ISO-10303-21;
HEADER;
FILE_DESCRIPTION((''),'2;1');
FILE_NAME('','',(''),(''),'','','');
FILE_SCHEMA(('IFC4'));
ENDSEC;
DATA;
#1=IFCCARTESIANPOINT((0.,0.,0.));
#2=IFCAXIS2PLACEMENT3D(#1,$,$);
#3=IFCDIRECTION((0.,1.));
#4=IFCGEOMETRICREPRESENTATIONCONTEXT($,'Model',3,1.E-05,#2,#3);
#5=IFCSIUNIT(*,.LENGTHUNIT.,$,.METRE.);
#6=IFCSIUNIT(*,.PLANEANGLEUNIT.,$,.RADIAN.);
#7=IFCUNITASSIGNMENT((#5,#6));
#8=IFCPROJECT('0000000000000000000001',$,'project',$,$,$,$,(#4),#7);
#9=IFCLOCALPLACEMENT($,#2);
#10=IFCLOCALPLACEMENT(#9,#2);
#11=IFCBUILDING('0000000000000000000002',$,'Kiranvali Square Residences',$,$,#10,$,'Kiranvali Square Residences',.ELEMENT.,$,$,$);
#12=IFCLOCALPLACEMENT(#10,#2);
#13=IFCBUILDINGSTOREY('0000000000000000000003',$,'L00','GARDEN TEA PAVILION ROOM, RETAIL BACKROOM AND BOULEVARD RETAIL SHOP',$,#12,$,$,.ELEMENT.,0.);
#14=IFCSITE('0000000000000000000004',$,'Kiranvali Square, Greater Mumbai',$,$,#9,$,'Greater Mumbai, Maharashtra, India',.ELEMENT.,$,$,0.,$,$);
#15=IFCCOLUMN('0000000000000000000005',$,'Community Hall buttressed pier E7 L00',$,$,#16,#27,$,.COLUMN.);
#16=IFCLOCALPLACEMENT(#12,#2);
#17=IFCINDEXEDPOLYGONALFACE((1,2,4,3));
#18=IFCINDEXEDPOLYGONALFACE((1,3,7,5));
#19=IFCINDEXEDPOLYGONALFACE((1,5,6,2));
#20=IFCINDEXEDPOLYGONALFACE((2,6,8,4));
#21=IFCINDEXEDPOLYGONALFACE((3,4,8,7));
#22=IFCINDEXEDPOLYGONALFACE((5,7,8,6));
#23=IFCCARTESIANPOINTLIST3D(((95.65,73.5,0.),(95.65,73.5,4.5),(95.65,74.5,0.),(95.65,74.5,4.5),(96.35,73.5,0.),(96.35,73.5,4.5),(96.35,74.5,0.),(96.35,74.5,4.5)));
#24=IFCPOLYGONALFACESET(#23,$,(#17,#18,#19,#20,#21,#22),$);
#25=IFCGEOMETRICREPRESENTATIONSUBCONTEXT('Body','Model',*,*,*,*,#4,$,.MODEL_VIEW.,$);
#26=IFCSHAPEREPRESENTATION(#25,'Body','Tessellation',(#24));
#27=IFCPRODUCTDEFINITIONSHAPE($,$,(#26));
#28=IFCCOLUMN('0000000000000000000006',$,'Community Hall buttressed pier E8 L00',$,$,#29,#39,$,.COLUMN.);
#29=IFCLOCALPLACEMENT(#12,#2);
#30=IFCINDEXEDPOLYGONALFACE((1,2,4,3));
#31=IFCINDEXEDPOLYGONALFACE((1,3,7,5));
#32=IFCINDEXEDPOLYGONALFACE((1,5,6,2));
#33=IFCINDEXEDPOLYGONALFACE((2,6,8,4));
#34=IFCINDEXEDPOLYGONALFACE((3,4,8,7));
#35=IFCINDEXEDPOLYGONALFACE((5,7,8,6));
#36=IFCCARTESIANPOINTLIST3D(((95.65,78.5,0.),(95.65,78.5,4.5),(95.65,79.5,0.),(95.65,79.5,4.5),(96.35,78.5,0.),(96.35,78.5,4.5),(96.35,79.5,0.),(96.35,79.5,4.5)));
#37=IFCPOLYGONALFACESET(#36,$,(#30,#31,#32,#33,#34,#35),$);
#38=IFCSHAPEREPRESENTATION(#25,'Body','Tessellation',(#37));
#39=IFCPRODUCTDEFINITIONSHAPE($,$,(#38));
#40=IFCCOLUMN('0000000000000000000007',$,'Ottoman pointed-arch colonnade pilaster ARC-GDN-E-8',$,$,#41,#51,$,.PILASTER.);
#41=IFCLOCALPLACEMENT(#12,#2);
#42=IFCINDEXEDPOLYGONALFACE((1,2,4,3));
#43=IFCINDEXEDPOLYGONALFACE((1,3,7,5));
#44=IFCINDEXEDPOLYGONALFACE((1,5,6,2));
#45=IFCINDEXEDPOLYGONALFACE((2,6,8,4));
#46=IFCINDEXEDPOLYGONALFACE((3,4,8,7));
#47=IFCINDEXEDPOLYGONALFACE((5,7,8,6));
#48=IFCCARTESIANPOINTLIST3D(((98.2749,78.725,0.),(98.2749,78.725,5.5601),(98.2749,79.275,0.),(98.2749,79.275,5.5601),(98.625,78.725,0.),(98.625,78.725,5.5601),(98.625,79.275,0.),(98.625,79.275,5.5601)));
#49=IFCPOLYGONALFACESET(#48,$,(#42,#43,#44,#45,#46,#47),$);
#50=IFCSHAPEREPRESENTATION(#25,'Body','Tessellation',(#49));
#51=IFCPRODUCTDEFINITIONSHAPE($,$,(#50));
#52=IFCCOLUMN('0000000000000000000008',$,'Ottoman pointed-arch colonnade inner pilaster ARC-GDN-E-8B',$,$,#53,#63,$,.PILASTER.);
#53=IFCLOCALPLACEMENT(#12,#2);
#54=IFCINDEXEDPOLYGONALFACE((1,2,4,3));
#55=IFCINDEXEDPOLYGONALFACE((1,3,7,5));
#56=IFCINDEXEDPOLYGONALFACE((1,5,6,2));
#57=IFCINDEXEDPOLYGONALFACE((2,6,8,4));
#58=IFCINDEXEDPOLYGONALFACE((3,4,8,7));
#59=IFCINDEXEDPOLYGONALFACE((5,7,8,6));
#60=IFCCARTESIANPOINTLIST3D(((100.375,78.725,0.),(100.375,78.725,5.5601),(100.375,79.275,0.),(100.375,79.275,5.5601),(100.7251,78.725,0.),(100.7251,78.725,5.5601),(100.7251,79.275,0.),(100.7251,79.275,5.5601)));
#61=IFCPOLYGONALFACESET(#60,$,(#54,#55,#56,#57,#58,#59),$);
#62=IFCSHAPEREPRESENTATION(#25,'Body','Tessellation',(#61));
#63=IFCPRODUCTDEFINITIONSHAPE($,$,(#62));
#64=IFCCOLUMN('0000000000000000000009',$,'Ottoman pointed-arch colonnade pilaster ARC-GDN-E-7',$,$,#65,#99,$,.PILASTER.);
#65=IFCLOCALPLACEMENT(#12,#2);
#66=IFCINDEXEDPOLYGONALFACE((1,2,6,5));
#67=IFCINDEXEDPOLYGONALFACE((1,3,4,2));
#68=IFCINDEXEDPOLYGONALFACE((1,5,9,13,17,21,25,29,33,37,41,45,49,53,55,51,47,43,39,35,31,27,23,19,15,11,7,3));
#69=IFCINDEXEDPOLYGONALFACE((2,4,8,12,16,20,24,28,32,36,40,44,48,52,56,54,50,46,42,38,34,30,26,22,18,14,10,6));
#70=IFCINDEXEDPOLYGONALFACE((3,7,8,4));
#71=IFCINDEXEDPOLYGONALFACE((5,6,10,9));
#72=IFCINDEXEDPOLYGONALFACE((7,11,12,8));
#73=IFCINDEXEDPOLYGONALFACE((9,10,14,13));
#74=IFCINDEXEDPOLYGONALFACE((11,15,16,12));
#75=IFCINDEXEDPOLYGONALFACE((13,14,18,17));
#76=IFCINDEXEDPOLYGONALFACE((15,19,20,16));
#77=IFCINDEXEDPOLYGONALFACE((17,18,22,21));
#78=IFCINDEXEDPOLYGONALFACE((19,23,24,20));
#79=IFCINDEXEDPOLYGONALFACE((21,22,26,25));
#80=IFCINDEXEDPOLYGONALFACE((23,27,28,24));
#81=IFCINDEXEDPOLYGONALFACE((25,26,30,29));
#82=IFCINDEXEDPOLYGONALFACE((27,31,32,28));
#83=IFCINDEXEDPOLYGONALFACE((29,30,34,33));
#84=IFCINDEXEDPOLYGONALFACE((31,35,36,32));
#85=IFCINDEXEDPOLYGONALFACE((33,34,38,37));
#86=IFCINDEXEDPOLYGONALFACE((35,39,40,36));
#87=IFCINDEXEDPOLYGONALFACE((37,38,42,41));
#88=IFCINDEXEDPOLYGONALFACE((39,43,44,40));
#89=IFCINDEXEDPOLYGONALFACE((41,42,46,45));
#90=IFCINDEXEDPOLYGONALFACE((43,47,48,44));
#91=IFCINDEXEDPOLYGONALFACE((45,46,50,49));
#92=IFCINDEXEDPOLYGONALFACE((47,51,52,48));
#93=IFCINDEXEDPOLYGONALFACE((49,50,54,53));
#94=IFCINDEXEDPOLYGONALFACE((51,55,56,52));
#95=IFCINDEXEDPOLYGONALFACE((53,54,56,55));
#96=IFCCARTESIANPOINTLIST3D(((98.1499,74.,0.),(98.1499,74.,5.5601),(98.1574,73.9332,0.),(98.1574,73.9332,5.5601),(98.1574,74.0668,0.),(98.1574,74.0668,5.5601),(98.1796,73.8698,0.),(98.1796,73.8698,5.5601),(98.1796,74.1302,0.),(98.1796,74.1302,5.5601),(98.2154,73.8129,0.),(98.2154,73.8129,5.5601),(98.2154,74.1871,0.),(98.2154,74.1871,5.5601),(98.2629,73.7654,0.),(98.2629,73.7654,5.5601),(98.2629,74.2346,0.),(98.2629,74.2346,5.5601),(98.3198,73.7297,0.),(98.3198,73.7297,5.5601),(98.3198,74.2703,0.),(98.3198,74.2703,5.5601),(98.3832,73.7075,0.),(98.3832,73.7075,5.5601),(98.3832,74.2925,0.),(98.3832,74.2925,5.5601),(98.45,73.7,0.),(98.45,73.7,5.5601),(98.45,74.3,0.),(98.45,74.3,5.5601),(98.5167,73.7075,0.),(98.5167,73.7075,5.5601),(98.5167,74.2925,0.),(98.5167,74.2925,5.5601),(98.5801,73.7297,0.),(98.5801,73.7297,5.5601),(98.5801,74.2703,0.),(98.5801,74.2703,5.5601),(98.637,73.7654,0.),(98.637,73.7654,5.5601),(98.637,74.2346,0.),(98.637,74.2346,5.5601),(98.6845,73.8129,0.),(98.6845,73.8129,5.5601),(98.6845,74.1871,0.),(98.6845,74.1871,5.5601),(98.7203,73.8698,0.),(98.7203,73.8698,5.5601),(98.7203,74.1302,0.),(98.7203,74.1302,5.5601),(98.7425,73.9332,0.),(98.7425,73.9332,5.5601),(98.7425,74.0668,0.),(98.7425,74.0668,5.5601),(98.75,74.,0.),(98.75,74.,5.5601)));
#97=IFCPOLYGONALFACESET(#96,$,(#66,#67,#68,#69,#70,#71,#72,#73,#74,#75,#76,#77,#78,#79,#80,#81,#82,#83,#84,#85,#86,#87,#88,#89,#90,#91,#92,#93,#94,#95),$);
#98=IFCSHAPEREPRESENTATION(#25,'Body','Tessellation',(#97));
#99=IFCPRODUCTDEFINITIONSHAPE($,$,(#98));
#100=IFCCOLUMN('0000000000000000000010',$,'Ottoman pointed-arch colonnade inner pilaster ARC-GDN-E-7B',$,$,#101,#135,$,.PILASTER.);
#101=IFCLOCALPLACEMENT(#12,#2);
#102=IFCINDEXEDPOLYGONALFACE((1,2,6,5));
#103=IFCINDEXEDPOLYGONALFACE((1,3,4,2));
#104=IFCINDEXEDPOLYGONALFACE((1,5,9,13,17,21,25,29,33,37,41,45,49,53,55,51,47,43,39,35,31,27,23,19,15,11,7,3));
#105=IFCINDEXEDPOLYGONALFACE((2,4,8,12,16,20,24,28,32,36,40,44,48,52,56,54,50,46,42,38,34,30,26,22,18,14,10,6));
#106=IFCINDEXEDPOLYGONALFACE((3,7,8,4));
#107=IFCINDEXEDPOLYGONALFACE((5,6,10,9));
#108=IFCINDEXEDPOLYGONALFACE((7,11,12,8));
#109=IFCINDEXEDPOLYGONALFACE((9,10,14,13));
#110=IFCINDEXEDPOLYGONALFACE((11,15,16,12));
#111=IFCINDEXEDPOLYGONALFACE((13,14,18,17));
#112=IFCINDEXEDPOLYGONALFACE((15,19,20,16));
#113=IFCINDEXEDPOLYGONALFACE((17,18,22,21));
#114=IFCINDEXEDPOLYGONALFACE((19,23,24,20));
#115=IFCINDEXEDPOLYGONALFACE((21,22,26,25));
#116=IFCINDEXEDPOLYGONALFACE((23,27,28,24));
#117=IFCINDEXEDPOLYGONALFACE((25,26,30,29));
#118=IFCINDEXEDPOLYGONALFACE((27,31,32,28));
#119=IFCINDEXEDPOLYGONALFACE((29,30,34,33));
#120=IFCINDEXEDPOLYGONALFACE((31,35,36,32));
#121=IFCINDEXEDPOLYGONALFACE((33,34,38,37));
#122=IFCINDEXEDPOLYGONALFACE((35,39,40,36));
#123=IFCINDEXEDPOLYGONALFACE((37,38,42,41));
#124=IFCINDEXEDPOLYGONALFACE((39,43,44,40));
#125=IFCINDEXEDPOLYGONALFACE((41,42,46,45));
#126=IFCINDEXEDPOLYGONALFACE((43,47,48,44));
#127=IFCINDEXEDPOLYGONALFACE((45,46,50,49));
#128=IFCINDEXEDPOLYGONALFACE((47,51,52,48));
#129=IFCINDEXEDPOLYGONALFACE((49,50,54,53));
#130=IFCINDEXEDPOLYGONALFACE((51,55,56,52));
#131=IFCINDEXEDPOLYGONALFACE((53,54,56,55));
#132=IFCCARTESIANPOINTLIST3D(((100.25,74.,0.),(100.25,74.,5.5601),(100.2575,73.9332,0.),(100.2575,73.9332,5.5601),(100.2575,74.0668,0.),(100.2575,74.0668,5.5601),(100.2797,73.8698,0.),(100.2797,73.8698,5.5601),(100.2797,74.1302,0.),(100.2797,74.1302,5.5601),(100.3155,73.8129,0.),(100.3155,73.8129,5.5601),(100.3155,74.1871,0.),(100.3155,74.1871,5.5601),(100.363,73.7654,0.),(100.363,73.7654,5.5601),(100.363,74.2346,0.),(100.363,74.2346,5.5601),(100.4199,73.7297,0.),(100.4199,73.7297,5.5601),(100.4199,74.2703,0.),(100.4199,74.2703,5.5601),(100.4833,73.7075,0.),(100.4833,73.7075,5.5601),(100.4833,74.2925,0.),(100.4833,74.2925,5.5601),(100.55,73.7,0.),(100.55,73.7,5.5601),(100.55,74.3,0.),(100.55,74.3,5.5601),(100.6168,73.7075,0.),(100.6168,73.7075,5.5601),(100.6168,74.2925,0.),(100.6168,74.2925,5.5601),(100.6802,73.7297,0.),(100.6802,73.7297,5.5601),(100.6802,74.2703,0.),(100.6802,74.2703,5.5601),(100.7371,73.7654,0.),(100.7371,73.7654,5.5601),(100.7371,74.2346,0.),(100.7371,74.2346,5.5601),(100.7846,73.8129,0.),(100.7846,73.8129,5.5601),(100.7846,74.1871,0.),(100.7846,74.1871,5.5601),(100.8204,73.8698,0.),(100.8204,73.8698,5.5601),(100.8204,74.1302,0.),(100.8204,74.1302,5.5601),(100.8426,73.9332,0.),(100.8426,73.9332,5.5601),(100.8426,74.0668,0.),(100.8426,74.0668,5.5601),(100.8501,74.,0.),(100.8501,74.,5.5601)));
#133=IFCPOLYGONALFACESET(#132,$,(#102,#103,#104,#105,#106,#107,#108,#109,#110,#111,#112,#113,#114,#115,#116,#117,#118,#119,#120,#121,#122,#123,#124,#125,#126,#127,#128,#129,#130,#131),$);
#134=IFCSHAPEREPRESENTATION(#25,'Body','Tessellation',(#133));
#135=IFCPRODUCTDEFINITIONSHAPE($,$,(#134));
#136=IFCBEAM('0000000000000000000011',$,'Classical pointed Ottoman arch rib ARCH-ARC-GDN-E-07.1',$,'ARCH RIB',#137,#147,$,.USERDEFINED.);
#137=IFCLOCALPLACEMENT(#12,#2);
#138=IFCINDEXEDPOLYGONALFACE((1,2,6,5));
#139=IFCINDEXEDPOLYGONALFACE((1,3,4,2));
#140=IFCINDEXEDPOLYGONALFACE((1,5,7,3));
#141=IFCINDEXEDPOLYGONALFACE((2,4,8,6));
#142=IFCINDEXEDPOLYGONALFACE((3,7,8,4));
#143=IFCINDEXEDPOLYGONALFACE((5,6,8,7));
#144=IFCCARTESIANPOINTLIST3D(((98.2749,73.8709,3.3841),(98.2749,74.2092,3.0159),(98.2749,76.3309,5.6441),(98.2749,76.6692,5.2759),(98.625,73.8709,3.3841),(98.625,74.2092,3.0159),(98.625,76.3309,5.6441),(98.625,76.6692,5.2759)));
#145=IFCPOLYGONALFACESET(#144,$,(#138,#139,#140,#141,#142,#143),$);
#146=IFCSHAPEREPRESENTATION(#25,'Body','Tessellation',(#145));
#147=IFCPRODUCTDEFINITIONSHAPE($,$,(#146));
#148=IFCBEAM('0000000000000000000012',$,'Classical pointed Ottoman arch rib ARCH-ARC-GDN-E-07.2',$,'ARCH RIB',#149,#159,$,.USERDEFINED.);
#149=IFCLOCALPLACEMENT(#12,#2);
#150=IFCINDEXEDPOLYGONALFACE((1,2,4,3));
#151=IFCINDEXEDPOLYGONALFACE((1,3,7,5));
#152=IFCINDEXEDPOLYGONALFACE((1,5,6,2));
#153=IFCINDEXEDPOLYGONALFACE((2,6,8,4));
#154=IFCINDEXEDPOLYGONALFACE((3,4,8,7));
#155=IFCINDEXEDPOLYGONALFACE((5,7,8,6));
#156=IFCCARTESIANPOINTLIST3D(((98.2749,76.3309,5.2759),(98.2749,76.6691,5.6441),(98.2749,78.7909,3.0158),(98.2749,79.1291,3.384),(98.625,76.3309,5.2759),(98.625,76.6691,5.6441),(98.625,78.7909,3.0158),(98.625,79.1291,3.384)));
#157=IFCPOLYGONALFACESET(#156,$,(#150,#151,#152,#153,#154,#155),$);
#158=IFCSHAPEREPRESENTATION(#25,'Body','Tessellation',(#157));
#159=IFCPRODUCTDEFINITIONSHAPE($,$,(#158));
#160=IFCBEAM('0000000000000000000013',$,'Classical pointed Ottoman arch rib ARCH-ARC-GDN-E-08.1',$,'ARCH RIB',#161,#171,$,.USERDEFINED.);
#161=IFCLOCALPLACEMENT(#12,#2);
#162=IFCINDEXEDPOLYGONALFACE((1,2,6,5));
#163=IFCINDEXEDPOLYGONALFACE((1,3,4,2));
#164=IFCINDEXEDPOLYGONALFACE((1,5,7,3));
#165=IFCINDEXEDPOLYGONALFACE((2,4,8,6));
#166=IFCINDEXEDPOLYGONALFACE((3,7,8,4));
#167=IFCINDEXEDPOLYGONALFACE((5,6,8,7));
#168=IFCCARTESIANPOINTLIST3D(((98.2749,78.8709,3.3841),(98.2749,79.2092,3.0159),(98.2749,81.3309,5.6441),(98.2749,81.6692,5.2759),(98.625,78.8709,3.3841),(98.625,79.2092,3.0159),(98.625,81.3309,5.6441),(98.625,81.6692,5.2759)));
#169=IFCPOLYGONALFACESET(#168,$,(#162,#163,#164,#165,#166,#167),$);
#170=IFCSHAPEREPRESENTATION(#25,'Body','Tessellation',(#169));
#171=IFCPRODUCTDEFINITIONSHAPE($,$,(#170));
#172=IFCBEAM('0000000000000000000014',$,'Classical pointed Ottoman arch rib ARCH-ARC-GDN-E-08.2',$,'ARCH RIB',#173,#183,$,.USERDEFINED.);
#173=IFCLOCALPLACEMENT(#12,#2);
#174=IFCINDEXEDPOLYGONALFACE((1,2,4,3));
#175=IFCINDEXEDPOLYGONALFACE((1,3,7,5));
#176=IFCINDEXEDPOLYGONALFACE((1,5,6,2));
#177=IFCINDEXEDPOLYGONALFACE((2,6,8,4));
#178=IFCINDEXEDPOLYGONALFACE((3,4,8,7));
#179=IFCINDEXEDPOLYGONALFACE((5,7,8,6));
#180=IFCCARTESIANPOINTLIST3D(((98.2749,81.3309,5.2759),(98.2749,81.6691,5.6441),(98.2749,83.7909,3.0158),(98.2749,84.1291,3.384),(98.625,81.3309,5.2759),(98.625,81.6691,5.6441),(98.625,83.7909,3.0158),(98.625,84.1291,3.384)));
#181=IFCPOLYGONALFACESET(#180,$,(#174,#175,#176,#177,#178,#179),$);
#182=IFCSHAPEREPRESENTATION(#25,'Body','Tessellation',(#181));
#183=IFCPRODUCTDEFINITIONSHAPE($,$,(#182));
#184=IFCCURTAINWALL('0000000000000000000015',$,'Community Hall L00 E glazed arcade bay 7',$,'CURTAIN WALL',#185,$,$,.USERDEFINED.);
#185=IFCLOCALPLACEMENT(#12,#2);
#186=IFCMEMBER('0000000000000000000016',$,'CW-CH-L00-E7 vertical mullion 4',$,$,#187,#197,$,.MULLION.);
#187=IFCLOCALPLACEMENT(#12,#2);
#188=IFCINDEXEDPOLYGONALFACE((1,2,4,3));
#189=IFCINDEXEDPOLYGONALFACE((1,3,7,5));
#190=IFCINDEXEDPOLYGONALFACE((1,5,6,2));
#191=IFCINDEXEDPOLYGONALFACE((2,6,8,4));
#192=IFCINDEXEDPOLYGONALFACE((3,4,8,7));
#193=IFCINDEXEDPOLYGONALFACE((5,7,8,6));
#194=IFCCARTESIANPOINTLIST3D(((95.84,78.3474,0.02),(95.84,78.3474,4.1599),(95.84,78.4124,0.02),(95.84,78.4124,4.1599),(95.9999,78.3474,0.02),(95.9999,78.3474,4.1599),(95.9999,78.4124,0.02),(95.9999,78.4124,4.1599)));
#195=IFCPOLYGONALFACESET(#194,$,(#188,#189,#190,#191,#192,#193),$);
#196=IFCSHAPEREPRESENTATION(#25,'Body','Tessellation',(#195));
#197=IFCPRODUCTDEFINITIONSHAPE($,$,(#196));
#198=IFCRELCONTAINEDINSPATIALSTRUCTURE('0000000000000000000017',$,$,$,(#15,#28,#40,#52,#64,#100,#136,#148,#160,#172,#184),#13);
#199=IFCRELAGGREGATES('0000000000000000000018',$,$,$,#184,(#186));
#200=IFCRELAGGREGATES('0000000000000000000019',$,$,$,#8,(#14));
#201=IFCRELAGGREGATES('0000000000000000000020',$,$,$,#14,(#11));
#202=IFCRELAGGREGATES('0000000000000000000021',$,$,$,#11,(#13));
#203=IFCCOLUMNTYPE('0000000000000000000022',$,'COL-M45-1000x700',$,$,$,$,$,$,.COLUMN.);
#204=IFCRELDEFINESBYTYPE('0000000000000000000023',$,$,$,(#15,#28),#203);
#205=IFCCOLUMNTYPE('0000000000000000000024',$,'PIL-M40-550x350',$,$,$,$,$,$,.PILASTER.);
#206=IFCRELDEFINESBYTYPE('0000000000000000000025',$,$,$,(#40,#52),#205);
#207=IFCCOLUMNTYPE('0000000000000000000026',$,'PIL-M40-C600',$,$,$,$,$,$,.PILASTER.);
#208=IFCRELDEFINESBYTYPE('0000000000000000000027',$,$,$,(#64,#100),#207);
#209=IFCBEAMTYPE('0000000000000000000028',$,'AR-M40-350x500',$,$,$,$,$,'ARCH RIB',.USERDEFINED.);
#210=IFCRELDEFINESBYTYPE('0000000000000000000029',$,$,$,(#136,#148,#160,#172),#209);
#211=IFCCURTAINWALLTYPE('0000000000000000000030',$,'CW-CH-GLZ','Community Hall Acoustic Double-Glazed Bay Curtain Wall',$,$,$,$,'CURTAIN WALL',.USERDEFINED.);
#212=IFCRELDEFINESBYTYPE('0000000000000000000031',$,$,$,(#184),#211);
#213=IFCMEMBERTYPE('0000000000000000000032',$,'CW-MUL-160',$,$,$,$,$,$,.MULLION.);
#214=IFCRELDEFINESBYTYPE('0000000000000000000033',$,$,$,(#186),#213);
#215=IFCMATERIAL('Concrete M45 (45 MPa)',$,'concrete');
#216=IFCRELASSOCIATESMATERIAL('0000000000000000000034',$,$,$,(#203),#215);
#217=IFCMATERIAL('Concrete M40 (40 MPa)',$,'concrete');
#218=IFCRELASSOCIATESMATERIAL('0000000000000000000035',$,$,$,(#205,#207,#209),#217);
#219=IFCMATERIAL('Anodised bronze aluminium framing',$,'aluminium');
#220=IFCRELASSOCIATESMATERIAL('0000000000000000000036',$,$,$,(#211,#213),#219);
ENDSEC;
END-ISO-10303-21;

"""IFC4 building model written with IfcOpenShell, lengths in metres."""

from ifc_helpers import new_model, si_unit, direction, frame, origin, origin_2d, place, context, subcontext, project, spatial, rectangle, circle, extrude, material, material_profile, profile_set, type_object, element, aggregate, save


model = new_model("IFC4")

# Units and contexts
model_context = context("Model", 3, precision=1e-05, world=origin(), true_north=direction((0.0, 1.0)))
body_context = subcontext(model_context, "Body", "Model", "MODEL_VIEW")
ifc_project = project(units=[si_unit("LENGTHUNIT", "METRE"), si_unit("PLANEANGLEUNIT", "RADIAN")], contexts=[model_context])

# Site, building, storey
site_placement = place(None, origin())
site = spatial("IfcSite", under=ifc_project, at=site_placement, Name="Kiranvali Square, Greater Mumbai", LongName="Greater Mumbai, Maharashtra, India", CompositionType="ELEMENT", RefElevation=0.0)
building_placement = place(site_placement, origin())
building = spatial("IfcBuilding", under=site, at=building_placement, Name="Kiranvali Square Residences", LongName="Kiranvali Square Residences", CompositionType="ELEMENT")
storey_placement = place(building_placement, origin())
storey = spatial("IfcBuildingStorey", under=building, at=storey_placement, Name="L00", Description="GARDEN TEA PAVILION ROOM, RETAIL BACKROOM AND BOULEVARD RETAIL SHOP", CompositionType="ELEMENT", Elevation=0.0)

# Columns
ifc_material_1 = material(Name="Concrete M45 (45 MPa)", Category="concrete")
ifc_material_profile_1 = material_profile(ifc_material_1, rectangle(XDim=0.7, YDim=1.0, at=origin_2d()), Name="RC 1000x700")
ifc_profile_set_1 = profile_set([ifc_material_profile_1], Name="Concrete M45 (45 MPa)")
column_type_1 = type_object("IfcColumnType", Name="COL-M45-1000x700", PredefinedType="COLUMN", material=ifc_profile_set_1)
for number, where, z_axis, x_axis, name in (
    (1, (96.0, 74.0, 0.0), (0.0, 0.0, 1.0), (1.0, 0.0, 0.0), "Community Hall buttressed pier E7 L00"),
    (2, (96.0, 79.0, 0.0), (0.0, 0.0, 1.0), (1.0, 0.0, 0.0), "Community Hall buttressed pier E8 L00"),
):
    element("IfcColumn", number, at=place(storey_placement, frame(where, z_axis=z_axis, x_axis=x_axis)), inside=storey, type_object=column_type_1, Name=name, PredefinedType="COLUMN", context=body_context, shape_type="SweptSolid", body=[
        extrude(rectangle(XDim=0.7, YDim=1.0, at=origin_2d()), origin(), (0.0, 0.0, 1.0), 4.5),
    ])
ifc_material_2 = material(Name="Concrete M40 (40 MPa)", Category="concrete")
ifc_material_profile_2 = material_profile(ifc_material_2, rectangle(XDim=0.3501, YDim=0.55, at=origin_2d()), Name="RC 550x350")
ifc_profile_set_2 = profile_set([ifc_material_profile_2], Name="Concrete M40 (40 MPa)")
column_type_2 = type_object("IfcColumnType", Name="PIL-M40-550x350", PredefinedType="PILASTER", material=ifc_profile_set_2)
for number, where, z_axis, x_axis, name in (
    (3, (98.45, 79.0, 0.0), (0.0, 0.0, 1.0), (1.0, 0.0, 0.0), "Ottoman pointed-arch colonnade pilaster ARC-GDN-E-8"),
    (4, (100.55, 79.0, 0.0), (0.0, 0.0, 1.0), (1.0, 0.0, 0.0), "Ottoman pointed-arch colonnade inner pilaster ARC-GDN-E-8B"),
):
    element("IfcColumn", number, at=place(storey_placement, frame(where, z_axis=z_axis, x_axis=x_axis)), inside=storey, type_object=column_type_2, Name=name, PredefinedType="PILASTER", context=body_context, shape_type="SweptSolid", body=[
        extrude(rectangle(XDim=0.3501, YDim=0.55, at=origin_2d()), origin(), (0.0, 0.0, 1.0), 5.5601),
    ])
ifc_material_profile_3 = material_profile(ifc_material_2, circle(Radius=0.3, at=origin_2d()), Name="RC-CIRC 600")
ifc_profile_set_3 = profile_set([ifc_material_profile_3], Name="Concrete M40 (40 MPa)")
column_type_3 = type_object("IfcColumnType", Name="PIL-M40-C600", PredefinedType="PILASTER", material=ifc_profile_set_3)
for number, where, z_axis, x_axis, name in (
    (5, (98.45, 74.0, 0.0), (0.0, 0.0, 1.0), (1.0, 0.0, 0.0), "Ottoman pointed-arch colonnade pilaster ARC-GDN-E-7"),
    (6, (100.55, 74.0, 0.0), (0.0, 0.0, 1.0), (1.0, 0.0, 0.0), "Ottoman pointed-arch colonnade inner pilaster ARC-GDN-E-7B"),
):
    element("IfcColumn", number, at=place(storey_placement, frame(where, z_axis=z_axis, x_axis=x_axis)), inside=storey, type_object=column_type_3, Name=name, PredefinedType="PILASTER", context=body_context, shape_type="SweptSolid", body=[
        extrude(circle(Radius=0.3, at=origin_2d()), origin(), (0.0, 0.0, 1.0), 5.5601),
    ])

# Beams
ifc_material_profile_4 = material_profile(ifc_material_2, rectangle(XDim=0.3501, YDim=0.5, at=origin_2d()), Name="RC 350x500")
ifc_profile_set_4 = profile_set([ifc_material_profile_4], Name="Concrete M40 (40 MPa)")
beam_type_1 = type_object("IfcBeamType", Name="AR-M40-350x500", ElementType="ARCH RIB", PredefinedType="USERDEFINED", material=ifc_profile_set_4)
for number, where, z_axis, x_axis, name in (
    (7, (98.45, 74.04, 3.2), (0.0, 0.736401, 0.676545), (-1.0, 0.0, 0.0), "Classical pointed Ottoman arch rib ARCH-ARC-GDN-E-07.1"),
    (8, (98.45, 76.5, 5.46), (0.0, 0.736401, -0.676545), (-1.0, 0.0, 0.0), "Classical pointed Ottoman arch rib ARCH-ARC-GDN-E-07.2"),
    (9, (98.45, 79.04, 3.2), (0.0, 0.736401, 0.676545), (-1.0, 0.0, 0.0), "Classical pointed Ottoman arch rib ARCH-ARC-GDN-E-08.1"),
    (10, (98.45, 81.5, 5.46), (0.0, 0.736401, -0.676545), (-1.0, 0.0, 0.0), "Classical pointed Ottoman arch rib ARCH-ARC-GDN-E-08.2"),
):
    element("IfcBeam", number, at=place(storey_placement, frame(where, z_axis=z_axis, x_axis=x_axis)), inside=storey, type_object=beam_type_1, Name=name, ObjectType="ARCH RIB", PredefinedType="USERDEFINED", context=body_context, shape_type="SweptSolid", body=[
        extrude(rectangle(XDim=0.3501, YDim=0.5, at=origin_2d()), origin(), (0.0, 0.0, 1.0), 3.3406),
    ])

# Curtain wall, member
ifc_material_3 = material(Name="Anodised bronze aluminium framing", Category="aluminium")
curtain_wall_type = type_object("IfcCurtainWallType", Name="CW-CH-GLZ", Description="Community Hall Acoustic Double-Glazed Bay Curtain Wall", ElementType="CURTAIN WALL", PredefinedType="USERDEFINED", material=ifc_material_3)
curtain_wall_1_placement = place(storey_placement, origin())
curtain_wall_1 = element("IfcCurtainWall", 11, at=curtain_wall_1_placement, inside=storey, type_object=curtain_wall_type, Name="Community Hall L00 E glazed arcade bay 7", ObjectType="CURTAIN WALL", PredefinedType="USERDEFINED")
ifc_material_profile_5 = material_profile(ifc_material_3, rectangle(XDim=0.0649, YDim=0.1599, at=origin_2d()), Name="ALU 65x160")
ifc_profile_set_5 = profile_set([ifc_material_profile_5], Name="Anodised bronze aluminium framing")
member_type_1 = type_object("IfcMemberType", Name="CW-MUL-160", PredefinedType="MULLION", material=ifc_profile_set_5)
member_1_placement = place(storey_placement, frame((95.9199, 78.3799, 0.02), z_axis=(0.0, 0.0, 1.0), x_axis=(0.0, 1.0, 0.0)))
member_1 = element("IfcMember", 12, at=member_1_placement, type_object=member_type_1, Name="CW-CH-L00-E7 vertical mullion 4", PredefinedType="MULLION", context=body_context, shape_type="SweptSolid", body=[
    extrude(rectangle(XDim=0.0649, YDim=0.1599, at=origin_2d()), origin(), (0.0, 0.0, 1.0), 4.1399),
])
aggregate(curtain_wall_1, [member_1])

save(model, "model.ifc")
